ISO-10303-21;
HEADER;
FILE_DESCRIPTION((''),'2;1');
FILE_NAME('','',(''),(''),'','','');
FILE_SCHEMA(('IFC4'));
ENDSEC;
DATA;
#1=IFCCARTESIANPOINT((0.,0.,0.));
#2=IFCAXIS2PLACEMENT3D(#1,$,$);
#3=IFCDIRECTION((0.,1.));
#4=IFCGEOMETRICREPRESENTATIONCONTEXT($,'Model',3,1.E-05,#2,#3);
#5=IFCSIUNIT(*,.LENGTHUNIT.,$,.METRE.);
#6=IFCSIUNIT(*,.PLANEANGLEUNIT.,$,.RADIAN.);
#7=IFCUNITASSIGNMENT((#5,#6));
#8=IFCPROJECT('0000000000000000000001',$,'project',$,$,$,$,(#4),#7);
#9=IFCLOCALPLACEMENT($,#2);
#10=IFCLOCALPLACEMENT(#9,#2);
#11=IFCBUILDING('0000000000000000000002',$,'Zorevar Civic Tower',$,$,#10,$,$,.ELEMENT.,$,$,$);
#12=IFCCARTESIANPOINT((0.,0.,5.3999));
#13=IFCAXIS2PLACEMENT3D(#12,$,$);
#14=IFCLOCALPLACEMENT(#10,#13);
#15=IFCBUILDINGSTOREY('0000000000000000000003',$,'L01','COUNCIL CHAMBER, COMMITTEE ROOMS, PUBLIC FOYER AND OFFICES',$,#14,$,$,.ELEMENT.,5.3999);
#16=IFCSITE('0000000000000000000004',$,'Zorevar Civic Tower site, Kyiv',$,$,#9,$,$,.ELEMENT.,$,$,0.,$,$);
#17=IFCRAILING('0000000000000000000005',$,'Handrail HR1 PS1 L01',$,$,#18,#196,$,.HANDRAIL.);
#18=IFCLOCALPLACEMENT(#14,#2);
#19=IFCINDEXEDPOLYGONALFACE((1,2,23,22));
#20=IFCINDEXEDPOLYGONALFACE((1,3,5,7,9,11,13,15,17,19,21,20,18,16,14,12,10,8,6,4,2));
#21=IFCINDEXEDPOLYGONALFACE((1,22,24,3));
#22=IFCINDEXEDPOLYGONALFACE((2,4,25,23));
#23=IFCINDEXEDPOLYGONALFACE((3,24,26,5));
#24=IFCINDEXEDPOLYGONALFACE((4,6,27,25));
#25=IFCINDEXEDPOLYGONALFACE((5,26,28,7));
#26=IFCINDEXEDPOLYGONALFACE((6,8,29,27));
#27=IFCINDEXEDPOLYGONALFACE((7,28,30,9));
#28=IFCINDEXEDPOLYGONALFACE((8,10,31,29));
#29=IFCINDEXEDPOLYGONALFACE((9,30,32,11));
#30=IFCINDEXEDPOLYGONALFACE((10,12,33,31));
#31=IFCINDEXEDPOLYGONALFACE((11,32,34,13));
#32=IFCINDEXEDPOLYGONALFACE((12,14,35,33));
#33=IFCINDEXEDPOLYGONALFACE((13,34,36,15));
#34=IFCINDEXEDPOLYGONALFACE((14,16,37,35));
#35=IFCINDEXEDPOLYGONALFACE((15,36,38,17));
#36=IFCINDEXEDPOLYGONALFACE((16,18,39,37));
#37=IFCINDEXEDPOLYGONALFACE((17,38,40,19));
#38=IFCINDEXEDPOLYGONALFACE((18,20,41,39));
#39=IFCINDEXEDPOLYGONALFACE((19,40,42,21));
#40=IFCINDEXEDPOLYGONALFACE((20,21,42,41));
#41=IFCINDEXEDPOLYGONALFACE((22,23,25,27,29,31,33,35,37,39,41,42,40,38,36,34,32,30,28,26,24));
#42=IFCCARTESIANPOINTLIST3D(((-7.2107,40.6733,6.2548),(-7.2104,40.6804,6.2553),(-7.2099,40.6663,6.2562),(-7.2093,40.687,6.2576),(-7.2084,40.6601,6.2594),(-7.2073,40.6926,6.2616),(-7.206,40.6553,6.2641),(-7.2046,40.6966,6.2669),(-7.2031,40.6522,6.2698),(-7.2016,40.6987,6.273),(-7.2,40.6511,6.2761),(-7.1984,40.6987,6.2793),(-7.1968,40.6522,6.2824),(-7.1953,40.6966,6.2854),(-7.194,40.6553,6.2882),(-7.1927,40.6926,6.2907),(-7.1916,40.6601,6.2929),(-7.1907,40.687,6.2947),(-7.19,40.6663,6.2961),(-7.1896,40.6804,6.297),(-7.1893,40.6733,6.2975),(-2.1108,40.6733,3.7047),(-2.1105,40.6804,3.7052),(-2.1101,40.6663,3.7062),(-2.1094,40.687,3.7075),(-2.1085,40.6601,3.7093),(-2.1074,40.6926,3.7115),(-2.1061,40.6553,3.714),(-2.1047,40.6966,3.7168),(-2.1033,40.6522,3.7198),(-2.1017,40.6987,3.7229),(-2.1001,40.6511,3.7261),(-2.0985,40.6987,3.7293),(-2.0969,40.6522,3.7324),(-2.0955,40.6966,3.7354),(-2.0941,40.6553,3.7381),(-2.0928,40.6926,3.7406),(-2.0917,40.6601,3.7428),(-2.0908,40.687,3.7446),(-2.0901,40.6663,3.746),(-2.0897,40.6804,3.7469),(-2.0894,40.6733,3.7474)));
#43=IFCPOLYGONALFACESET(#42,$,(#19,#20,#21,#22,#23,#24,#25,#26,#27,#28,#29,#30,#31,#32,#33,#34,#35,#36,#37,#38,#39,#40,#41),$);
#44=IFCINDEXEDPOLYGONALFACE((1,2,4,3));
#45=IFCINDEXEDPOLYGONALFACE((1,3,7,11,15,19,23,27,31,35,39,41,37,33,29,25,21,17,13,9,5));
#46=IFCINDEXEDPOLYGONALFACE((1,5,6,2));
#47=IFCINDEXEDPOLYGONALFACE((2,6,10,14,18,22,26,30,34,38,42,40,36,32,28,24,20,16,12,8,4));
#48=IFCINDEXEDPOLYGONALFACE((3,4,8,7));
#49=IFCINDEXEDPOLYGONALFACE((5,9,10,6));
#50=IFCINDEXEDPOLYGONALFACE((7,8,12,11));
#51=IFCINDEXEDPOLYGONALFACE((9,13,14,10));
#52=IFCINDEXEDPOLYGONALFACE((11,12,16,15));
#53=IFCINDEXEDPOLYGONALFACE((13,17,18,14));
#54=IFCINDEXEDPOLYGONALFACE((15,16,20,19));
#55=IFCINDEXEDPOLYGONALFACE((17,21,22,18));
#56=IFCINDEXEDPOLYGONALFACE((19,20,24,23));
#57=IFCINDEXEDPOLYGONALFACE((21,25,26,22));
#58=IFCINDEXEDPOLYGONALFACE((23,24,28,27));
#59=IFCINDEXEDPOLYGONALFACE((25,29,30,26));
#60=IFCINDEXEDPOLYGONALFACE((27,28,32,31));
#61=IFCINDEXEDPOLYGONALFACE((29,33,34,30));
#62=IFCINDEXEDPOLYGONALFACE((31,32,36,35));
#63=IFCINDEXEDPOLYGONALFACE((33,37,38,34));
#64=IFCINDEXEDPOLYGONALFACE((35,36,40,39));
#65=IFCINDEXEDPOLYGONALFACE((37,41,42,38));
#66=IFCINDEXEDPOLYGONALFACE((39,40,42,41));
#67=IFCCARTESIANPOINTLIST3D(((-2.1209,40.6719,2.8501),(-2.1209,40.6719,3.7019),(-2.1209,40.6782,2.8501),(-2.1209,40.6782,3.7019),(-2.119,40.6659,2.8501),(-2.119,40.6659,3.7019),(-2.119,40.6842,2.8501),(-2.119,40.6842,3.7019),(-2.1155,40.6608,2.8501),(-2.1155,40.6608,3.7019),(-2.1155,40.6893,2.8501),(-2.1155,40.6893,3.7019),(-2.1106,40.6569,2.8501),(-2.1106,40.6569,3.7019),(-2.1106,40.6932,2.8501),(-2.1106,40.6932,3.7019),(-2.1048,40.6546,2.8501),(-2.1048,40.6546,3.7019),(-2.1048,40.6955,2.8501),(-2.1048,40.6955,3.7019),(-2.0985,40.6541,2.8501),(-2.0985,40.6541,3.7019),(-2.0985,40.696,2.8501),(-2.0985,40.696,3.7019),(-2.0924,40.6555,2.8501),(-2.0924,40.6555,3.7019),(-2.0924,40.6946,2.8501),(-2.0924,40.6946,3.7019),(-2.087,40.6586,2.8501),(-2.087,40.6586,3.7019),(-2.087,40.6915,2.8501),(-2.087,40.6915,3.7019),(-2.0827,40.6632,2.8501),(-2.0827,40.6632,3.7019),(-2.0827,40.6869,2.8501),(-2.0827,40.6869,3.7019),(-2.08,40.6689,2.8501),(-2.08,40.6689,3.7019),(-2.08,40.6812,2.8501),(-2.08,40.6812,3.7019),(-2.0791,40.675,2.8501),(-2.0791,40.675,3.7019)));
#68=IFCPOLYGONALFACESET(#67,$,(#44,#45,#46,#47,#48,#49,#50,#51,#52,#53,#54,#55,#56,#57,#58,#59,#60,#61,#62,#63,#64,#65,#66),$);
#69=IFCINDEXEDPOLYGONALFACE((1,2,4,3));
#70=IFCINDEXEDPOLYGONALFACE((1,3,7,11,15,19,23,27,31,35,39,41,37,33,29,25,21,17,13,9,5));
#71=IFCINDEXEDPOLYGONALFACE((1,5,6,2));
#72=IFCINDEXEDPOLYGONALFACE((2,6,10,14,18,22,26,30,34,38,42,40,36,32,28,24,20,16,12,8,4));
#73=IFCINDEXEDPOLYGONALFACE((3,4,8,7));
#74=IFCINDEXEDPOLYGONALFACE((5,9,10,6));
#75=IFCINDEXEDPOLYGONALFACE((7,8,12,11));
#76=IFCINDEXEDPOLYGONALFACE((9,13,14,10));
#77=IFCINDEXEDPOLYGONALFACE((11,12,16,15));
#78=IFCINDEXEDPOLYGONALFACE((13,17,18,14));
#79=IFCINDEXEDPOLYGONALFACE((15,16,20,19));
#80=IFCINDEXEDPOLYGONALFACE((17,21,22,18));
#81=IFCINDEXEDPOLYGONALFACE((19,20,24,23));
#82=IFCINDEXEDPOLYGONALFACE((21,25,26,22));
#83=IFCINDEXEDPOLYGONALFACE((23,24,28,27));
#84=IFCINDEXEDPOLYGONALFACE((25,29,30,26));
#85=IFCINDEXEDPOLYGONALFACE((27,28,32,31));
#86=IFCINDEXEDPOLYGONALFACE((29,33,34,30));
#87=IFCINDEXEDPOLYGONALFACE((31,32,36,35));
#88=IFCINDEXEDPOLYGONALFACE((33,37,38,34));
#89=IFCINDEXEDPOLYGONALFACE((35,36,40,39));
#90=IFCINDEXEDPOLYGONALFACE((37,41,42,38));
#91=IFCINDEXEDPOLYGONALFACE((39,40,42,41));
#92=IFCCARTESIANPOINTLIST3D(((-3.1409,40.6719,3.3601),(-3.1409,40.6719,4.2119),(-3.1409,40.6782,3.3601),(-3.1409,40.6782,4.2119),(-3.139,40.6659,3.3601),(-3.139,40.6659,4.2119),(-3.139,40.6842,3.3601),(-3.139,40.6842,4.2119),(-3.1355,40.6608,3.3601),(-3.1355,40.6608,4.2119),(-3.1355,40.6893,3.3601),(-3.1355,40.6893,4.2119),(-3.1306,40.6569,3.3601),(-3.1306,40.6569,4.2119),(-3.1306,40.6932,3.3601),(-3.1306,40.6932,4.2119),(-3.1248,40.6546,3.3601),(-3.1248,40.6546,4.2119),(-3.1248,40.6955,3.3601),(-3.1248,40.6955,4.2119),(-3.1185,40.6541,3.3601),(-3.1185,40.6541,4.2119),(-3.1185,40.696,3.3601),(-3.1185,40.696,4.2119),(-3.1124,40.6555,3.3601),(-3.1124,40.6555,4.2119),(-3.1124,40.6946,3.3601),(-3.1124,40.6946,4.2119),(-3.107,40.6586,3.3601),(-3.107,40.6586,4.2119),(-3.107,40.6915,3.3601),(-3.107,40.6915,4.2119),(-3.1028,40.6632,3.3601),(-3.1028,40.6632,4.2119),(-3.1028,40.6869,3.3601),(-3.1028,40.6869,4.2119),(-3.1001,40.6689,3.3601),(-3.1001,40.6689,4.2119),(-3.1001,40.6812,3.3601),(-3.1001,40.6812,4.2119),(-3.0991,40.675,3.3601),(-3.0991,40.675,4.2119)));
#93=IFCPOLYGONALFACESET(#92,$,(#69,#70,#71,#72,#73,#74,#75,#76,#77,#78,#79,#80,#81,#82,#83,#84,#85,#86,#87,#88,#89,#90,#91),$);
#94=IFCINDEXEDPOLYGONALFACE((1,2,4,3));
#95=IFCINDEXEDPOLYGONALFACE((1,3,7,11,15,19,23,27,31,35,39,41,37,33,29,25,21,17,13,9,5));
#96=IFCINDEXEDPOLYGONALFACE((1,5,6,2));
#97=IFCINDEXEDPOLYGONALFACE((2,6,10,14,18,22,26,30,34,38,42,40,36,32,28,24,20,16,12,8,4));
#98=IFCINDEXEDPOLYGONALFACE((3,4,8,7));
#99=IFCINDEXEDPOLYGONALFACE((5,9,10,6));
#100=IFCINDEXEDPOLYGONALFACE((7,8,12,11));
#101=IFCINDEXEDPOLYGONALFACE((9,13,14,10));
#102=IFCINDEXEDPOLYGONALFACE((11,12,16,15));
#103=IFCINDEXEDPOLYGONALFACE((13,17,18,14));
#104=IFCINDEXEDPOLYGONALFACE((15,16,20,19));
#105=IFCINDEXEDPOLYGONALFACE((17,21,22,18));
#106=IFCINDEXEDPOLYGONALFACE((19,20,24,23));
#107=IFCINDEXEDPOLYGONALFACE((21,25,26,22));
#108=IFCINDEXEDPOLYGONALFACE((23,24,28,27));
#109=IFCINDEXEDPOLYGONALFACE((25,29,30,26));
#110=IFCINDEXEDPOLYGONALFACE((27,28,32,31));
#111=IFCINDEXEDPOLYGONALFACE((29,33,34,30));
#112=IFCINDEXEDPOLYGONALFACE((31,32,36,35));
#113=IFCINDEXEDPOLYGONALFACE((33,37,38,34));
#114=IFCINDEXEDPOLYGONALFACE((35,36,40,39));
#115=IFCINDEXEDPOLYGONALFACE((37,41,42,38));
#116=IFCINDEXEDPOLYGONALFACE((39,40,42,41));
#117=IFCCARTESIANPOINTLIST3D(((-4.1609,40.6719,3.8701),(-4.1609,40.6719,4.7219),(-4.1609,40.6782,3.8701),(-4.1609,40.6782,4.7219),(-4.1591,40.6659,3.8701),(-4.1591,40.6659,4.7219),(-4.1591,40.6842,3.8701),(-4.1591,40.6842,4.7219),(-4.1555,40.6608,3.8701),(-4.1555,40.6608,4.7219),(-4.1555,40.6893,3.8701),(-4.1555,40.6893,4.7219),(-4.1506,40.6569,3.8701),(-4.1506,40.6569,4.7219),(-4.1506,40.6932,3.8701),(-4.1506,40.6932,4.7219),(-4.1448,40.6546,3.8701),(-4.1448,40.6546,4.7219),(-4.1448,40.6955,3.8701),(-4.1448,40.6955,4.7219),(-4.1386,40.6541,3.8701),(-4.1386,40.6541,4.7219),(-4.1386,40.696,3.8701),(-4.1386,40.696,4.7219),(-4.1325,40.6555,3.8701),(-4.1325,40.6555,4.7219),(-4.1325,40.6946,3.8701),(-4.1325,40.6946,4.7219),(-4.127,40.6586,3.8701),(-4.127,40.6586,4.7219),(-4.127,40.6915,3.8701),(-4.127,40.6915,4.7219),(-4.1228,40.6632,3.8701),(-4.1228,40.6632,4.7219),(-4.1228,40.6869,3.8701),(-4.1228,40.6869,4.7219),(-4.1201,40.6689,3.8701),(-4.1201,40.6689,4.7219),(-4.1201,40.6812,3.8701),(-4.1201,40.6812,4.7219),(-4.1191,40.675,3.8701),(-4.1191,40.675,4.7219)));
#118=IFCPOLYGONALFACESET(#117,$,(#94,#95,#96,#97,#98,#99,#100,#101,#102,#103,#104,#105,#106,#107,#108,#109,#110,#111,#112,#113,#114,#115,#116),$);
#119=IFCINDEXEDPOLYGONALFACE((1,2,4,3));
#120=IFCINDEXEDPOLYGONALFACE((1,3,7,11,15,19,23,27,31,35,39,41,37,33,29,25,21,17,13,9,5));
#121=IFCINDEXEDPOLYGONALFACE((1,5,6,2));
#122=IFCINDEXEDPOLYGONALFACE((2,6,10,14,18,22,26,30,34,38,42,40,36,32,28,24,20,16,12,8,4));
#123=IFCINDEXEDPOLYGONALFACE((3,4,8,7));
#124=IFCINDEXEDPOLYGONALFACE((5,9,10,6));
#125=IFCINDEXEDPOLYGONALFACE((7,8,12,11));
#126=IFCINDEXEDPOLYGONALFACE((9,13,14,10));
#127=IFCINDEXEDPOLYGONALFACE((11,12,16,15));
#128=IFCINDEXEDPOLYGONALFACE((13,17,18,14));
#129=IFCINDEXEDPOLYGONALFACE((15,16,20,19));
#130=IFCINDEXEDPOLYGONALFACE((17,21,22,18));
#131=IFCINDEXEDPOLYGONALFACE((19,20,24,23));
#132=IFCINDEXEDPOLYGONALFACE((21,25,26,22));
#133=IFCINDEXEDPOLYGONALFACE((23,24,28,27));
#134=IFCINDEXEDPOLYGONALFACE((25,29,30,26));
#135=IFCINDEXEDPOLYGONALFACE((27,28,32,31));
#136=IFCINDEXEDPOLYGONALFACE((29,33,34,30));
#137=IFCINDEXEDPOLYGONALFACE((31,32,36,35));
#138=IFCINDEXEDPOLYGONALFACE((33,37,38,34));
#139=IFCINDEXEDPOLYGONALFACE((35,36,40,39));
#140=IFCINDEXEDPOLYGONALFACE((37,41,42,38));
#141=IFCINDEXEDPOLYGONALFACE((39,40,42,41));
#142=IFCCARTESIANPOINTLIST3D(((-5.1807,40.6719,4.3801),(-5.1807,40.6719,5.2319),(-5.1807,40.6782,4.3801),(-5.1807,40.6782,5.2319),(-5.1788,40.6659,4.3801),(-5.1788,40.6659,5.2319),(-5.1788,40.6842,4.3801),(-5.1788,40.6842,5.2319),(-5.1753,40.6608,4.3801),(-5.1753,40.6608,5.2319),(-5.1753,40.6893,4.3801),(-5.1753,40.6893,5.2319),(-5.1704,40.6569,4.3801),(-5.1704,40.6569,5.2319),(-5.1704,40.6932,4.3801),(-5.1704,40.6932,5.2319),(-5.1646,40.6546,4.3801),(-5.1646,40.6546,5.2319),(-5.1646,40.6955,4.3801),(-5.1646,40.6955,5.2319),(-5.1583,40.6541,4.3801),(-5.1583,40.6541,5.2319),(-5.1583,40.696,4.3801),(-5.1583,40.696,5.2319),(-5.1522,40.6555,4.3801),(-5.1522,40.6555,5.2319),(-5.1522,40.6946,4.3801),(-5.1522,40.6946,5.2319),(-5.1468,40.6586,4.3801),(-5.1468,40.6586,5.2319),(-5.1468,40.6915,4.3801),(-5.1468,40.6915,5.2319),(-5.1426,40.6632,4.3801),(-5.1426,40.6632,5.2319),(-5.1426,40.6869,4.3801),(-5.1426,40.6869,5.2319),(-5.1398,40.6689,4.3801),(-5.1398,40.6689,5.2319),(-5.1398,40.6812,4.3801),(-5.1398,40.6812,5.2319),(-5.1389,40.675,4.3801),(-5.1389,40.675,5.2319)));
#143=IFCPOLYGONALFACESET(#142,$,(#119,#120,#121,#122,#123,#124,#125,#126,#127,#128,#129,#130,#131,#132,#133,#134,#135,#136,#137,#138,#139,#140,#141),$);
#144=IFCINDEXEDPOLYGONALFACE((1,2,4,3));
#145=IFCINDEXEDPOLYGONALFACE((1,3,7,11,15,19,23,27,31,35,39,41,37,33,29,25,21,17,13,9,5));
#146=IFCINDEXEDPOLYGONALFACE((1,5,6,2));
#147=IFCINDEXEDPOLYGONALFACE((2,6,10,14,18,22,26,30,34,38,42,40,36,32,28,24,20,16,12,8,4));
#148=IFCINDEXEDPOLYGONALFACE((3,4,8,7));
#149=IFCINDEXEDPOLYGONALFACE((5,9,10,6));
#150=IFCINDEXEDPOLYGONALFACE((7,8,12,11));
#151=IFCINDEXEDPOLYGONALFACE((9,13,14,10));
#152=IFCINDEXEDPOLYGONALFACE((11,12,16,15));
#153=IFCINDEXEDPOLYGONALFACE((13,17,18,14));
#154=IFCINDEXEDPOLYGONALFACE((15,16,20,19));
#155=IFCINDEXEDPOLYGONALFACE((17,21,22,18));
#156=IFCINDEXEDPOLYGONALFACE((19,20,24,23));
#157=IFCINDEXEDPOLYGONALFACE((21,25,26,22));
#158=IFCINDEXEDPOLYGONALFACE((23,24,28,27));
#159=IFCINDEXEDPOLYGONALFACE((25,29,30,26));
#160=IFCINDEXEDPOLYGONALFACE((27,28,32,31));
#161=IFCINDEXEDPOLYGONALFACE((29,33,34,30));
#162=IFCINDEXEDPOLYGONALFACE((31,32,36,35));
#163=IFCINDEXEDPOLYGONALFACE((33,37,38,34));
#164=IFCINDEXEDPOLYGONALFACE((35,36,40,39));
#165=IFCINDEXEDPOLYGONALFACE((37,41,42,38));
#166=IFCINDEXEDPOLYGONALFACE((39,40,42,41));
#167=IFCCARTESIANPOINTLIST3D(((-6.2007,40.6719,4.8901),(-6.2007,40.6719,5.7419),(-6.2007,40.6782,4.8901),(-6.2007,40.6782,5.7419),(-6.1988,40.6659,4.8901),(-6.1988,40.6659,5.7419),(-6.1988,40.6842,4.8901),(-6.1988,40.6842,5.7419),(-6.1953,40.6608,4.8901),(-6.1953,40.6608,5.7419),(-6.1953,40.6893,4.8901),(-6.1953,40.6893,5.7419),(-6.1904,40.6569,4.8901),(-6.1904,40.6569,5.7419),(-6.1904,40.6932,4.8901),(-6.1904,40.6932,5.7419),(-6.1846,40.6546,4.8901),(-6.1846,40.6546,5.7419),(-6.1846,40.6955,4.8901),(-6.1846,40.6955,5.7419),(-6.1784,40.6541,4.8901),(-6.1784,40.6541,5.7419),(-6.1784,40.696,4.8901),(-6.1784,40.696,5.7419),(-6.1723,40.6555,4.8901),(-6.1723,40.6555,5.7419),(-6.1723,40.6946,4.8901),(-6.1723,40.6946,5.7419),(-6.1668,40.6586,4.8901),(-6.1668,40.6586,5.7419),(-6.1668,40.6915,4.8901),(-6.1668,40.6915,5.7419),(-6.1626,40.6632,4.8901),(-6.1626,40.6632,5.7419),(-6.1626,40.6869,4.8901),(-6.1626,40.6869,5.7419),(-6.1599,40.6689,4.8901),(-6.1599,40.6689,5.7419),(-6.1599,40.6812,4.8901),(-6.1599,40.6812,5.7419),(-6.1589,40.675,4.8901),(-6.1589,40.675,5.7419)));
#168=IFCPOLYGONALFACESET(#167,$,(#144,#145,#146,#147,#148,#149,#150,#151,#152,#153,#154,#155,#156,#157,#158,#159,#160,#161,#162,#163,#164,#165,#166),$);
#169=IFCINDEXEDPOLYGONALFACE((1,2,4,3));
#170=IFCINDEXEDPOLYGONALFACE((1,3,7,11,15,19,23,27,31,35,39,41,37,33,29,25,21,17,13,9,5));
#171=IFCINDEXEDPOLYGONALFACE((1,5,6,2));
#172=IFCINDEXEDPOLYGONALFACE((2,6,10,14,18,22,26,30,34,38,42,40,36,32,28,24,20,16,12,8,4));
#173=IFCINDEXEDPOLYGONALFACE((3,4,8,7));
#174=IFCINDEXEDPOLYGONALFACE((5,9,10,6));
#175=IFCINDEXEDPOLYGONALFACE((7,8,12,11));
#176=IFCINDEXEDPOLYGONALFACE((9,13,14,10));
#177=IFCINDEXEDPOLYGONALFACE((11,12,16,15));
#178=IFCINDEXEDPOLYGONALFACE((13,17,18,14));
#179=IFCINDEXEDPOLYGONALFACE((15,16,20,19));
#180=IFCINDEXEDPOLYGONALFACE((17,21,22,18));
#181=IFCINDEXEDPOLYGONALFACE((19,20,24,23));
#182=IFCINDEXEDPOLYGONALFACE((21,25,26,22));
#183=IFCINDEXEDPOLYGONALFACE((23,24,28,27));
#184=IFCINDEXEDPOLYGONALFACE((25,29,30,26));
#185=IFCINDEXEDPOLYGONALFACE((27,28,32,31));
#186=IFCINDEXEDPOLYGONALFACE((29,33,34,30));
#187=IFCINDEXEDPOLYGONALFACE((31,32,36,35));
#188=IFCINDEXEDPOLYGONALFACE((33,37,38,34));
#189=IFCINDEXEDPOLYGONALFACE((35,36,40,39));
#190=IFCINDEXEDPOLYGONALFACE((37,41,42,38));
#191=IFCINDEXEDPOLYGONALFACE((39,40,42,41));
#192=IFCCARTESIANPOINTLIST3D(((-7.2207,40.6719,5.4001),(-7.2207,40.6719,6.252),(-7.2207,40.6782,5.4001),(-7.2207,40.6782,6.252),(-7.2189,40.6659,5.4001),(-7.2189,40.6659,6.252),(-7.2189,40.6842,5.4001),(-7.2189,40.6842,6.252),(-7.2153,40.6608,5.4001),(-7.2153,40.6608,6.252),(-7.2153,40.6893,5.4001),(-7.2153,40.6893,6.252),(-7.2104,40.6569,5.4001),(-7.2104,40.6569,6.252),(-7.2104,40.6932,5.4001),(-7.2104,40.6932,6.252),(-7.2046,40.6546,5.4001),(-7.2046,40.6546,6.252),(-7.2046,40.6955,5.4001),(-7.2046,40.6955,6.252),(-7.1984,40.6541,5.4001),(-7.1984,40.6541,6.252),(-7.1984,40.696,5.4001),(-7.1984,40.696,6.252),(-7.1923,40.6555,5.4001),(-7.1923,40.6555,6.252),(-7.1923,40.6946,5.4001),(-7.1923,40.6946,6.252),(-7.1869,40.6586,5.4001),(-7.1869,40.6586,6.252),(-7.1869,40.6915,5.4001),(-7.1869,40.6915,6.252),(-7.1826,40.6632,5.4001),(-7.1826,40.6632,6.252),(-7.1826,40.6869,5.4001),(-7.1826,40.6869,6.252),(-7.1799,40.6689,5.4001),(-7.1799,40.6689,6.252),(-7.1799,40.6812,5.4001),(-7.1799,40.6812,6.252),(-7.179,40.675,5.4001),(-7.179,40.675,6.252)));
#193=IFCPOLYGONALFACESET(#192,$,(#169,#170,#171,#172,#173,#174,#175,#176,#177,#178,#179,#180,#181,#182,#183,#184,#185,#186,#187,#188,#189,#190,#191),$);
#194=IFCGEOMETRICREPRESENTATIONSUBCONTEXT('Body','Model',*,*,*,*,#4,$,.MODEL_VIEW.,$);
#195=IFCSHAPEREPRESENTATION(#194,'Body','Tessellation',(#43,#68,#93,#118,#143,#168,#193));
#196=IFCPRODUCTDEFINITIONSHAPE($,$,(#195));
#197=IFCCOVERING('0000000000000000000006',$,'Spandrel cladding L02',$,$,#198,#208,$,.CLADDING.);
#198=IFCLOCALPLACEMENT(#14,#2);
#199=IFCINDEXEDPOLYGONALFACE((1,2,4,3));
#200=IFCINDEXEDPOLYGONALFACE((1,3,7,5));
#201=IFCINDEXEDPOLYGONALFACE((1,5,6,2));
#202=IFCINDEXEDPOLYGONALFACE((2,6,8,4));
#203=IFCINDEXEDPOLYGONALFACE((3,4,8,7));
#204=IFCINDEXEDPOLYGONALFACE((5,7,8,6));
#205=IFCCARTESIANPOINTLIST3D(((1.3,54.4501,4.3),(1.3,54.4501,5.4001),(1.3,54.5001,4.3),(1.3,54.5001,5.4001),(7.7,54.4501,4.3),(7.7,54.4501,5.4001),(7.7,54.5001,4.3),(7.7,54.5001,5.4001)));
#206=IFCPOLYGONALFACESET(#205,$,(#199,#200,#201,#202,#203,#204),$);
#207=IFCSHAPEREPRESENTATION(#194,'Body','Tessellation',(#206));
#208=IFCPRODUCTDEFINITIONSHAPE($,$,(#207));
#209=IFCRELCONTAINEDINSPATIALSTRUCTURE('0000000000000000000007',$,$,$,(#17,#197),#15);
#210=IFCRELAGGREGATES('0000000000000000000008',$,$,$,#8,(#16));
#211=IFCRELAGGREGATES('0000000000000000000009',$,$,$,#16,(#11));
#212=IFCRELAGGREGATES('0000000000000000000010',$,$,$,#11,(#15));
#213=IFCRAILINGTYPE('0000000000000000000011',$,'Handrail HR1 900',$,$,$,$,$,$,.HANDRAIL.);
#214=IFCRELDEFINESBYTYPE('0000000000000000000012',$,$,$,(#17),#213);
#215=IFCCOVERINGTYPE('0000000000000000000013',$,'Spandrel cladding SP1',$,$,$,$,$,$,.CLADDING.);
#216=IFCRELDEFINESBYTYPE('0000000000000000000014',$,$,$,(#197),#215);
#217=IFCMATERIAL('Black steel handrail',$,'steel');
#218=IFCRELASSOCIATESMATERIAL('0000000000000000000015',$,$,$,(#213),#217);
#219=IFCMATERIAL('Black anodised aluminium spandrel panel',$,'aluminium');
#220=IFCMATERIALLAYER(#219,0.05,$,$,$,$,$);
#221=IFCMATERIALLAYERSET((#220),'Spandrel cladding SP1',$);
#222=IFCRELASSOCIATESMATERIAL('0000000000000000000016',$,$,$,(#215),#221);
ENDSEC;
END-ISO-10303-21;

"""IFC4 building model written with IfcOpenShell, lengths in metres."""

from ifc_helpers import new_model, si_unit, direction, frame, frame_2d, origin, origin_2d, place, context, subcontext, project, spatial, rectangle, circle, extrude, material, layer, layer_set, type_object, element, save


model = new_model("IFC4")

# Units and contexts
model_context = context("Model", 3, precision=1e-05, world=origin(), true_north=direction((0.0, 1.0)))
body_context = subcontext(model_context, "Body", "Model", "MODEL_VIEW")
ifc_project = project(units=[si_unit("LENGTHUNIT", "METRE"), si_unit("PLANEANGLEUNIT", "RADIAN")], contexts=[model_context])

# Site, building, storey
site_placement = place(None, origin())
site = spatial("IfcSite", under=ifc_project, at=site_placement, Name="Zorevar Civic Tower site, Kyiv", CompositionType="ELEMENT", RefElevation=0.0)
building_placement = place(site_placement, origin())
building = spatial("IfcBuilding", under=site, at=building_placement, Name="Zorevar Civic Tower", CompositionType="ELEMENT")
storey_placement = place(building_placement, frame((0.0, 0.0, 5.3999)))
storey = spatial("IfcBuildingStorey", under=building, at=storey_placement, Name="L01", Description="COUNCIL CHAMBER, COMMITTEE ROOMS, PUBLIC FOYER AND OFFICES", CompositionType="ELEMENT", Elevation=5.3999)

# Railing
ifc_material_1 = material(Name="Black steel handrail", Category="steel")
railing_type = type_object("IfcRailingType", Name="Handrail HR1 900", PredefinedType="HANDRAIL", material=ifc_material_1)
railing_1_placement = place(storey_placement, frame((-2.1001, 40.675, 2.8501)))
element("IfcRailing", 1, at=railing_1_placement, inside=storey, type_object=railing_type, Name="Handrail HR1 PS1 L01", PredefinedType="HANDRAIL", context=body_context, shape_type="SweptSolid", body=[
    extrude(circle(Radius=0.0239, at=origin_2d()), frame((0.0, 0.0, 0.876), z_axis=(-0.894419, 0.0, 0.447231), x_axis=(0.0, -1.0, 0.0)), (0.0, 0.0, 1.0), 5.7019),
    extrude(circle(Radius=0.021, at=origin_2d()), origin(), (0.0, 0.0, 1.0), 0.8518),
    extrude(circle(Radius=0.021, at=origin_2d()), frame((-1.02, 0.0, 0.51)), (0.0, 0.0, 1.0), 0.8518),
    extrude(circle(Radius=0.021, at=origin_2d()), frame((-2.04, 0.0, 1.02)), (0.0, 0.0, 1.0), 0.8518),
    extrude(circle(Radius=0.021, at=origin_2d()), frame((-3.0598, 0.0, 1.53)), (0.0, 0.0, 1.0), 0.8518),
    extrude(circle(Radius=0.021, at=origin_2d()), frame((-4.0798, 0.0, 2.04)), (0.0, 0.0, 1.0), 0.8518),
    extrude(circle(Radius=0.021, at=origin_2d()), frame((-5.0999, 0.0, 2.55)), (0.0, 0.0, 1.0), 0.8518),
])

# Covering
ifc_material_2 = material(Name="Black anodised aluminium spandrel panel", Category="aluminium")
ifc_layer_1 = layer(ifc_material_2, 0.05)
ifc_layer_set_1 = layer_set([ifc_layer_1], Name="Spandrel cladding SP1")
covering_type = type_object("IfcCoveringType", Name="Spandrel cladding SP1", PredefinedType="CLADDING", material=ifc_layer_set_1)
covering_placement = place(storey_placement, frame((1.3, 54.4751, 4.3), z_axis=(0.0, 0.0, 1.0), x_axis=(1.0, 0.0, 0.0)))
element("IfcCovering", 2, at=covering_placement, inside=storey, type_object=covering_type, Name="Spandrel cladding L02", PredefinedType="CLADDING", context=body_context, shape_type="SweptSolid", body=[
    extrude(rectangle(XDim=6.3999, YDim=0.05, at=frame_2d((3.2, 0.0))), origin(), (0.0, 0.0, 1.0), 1.1001),
])

save(model, "model.ifc")
